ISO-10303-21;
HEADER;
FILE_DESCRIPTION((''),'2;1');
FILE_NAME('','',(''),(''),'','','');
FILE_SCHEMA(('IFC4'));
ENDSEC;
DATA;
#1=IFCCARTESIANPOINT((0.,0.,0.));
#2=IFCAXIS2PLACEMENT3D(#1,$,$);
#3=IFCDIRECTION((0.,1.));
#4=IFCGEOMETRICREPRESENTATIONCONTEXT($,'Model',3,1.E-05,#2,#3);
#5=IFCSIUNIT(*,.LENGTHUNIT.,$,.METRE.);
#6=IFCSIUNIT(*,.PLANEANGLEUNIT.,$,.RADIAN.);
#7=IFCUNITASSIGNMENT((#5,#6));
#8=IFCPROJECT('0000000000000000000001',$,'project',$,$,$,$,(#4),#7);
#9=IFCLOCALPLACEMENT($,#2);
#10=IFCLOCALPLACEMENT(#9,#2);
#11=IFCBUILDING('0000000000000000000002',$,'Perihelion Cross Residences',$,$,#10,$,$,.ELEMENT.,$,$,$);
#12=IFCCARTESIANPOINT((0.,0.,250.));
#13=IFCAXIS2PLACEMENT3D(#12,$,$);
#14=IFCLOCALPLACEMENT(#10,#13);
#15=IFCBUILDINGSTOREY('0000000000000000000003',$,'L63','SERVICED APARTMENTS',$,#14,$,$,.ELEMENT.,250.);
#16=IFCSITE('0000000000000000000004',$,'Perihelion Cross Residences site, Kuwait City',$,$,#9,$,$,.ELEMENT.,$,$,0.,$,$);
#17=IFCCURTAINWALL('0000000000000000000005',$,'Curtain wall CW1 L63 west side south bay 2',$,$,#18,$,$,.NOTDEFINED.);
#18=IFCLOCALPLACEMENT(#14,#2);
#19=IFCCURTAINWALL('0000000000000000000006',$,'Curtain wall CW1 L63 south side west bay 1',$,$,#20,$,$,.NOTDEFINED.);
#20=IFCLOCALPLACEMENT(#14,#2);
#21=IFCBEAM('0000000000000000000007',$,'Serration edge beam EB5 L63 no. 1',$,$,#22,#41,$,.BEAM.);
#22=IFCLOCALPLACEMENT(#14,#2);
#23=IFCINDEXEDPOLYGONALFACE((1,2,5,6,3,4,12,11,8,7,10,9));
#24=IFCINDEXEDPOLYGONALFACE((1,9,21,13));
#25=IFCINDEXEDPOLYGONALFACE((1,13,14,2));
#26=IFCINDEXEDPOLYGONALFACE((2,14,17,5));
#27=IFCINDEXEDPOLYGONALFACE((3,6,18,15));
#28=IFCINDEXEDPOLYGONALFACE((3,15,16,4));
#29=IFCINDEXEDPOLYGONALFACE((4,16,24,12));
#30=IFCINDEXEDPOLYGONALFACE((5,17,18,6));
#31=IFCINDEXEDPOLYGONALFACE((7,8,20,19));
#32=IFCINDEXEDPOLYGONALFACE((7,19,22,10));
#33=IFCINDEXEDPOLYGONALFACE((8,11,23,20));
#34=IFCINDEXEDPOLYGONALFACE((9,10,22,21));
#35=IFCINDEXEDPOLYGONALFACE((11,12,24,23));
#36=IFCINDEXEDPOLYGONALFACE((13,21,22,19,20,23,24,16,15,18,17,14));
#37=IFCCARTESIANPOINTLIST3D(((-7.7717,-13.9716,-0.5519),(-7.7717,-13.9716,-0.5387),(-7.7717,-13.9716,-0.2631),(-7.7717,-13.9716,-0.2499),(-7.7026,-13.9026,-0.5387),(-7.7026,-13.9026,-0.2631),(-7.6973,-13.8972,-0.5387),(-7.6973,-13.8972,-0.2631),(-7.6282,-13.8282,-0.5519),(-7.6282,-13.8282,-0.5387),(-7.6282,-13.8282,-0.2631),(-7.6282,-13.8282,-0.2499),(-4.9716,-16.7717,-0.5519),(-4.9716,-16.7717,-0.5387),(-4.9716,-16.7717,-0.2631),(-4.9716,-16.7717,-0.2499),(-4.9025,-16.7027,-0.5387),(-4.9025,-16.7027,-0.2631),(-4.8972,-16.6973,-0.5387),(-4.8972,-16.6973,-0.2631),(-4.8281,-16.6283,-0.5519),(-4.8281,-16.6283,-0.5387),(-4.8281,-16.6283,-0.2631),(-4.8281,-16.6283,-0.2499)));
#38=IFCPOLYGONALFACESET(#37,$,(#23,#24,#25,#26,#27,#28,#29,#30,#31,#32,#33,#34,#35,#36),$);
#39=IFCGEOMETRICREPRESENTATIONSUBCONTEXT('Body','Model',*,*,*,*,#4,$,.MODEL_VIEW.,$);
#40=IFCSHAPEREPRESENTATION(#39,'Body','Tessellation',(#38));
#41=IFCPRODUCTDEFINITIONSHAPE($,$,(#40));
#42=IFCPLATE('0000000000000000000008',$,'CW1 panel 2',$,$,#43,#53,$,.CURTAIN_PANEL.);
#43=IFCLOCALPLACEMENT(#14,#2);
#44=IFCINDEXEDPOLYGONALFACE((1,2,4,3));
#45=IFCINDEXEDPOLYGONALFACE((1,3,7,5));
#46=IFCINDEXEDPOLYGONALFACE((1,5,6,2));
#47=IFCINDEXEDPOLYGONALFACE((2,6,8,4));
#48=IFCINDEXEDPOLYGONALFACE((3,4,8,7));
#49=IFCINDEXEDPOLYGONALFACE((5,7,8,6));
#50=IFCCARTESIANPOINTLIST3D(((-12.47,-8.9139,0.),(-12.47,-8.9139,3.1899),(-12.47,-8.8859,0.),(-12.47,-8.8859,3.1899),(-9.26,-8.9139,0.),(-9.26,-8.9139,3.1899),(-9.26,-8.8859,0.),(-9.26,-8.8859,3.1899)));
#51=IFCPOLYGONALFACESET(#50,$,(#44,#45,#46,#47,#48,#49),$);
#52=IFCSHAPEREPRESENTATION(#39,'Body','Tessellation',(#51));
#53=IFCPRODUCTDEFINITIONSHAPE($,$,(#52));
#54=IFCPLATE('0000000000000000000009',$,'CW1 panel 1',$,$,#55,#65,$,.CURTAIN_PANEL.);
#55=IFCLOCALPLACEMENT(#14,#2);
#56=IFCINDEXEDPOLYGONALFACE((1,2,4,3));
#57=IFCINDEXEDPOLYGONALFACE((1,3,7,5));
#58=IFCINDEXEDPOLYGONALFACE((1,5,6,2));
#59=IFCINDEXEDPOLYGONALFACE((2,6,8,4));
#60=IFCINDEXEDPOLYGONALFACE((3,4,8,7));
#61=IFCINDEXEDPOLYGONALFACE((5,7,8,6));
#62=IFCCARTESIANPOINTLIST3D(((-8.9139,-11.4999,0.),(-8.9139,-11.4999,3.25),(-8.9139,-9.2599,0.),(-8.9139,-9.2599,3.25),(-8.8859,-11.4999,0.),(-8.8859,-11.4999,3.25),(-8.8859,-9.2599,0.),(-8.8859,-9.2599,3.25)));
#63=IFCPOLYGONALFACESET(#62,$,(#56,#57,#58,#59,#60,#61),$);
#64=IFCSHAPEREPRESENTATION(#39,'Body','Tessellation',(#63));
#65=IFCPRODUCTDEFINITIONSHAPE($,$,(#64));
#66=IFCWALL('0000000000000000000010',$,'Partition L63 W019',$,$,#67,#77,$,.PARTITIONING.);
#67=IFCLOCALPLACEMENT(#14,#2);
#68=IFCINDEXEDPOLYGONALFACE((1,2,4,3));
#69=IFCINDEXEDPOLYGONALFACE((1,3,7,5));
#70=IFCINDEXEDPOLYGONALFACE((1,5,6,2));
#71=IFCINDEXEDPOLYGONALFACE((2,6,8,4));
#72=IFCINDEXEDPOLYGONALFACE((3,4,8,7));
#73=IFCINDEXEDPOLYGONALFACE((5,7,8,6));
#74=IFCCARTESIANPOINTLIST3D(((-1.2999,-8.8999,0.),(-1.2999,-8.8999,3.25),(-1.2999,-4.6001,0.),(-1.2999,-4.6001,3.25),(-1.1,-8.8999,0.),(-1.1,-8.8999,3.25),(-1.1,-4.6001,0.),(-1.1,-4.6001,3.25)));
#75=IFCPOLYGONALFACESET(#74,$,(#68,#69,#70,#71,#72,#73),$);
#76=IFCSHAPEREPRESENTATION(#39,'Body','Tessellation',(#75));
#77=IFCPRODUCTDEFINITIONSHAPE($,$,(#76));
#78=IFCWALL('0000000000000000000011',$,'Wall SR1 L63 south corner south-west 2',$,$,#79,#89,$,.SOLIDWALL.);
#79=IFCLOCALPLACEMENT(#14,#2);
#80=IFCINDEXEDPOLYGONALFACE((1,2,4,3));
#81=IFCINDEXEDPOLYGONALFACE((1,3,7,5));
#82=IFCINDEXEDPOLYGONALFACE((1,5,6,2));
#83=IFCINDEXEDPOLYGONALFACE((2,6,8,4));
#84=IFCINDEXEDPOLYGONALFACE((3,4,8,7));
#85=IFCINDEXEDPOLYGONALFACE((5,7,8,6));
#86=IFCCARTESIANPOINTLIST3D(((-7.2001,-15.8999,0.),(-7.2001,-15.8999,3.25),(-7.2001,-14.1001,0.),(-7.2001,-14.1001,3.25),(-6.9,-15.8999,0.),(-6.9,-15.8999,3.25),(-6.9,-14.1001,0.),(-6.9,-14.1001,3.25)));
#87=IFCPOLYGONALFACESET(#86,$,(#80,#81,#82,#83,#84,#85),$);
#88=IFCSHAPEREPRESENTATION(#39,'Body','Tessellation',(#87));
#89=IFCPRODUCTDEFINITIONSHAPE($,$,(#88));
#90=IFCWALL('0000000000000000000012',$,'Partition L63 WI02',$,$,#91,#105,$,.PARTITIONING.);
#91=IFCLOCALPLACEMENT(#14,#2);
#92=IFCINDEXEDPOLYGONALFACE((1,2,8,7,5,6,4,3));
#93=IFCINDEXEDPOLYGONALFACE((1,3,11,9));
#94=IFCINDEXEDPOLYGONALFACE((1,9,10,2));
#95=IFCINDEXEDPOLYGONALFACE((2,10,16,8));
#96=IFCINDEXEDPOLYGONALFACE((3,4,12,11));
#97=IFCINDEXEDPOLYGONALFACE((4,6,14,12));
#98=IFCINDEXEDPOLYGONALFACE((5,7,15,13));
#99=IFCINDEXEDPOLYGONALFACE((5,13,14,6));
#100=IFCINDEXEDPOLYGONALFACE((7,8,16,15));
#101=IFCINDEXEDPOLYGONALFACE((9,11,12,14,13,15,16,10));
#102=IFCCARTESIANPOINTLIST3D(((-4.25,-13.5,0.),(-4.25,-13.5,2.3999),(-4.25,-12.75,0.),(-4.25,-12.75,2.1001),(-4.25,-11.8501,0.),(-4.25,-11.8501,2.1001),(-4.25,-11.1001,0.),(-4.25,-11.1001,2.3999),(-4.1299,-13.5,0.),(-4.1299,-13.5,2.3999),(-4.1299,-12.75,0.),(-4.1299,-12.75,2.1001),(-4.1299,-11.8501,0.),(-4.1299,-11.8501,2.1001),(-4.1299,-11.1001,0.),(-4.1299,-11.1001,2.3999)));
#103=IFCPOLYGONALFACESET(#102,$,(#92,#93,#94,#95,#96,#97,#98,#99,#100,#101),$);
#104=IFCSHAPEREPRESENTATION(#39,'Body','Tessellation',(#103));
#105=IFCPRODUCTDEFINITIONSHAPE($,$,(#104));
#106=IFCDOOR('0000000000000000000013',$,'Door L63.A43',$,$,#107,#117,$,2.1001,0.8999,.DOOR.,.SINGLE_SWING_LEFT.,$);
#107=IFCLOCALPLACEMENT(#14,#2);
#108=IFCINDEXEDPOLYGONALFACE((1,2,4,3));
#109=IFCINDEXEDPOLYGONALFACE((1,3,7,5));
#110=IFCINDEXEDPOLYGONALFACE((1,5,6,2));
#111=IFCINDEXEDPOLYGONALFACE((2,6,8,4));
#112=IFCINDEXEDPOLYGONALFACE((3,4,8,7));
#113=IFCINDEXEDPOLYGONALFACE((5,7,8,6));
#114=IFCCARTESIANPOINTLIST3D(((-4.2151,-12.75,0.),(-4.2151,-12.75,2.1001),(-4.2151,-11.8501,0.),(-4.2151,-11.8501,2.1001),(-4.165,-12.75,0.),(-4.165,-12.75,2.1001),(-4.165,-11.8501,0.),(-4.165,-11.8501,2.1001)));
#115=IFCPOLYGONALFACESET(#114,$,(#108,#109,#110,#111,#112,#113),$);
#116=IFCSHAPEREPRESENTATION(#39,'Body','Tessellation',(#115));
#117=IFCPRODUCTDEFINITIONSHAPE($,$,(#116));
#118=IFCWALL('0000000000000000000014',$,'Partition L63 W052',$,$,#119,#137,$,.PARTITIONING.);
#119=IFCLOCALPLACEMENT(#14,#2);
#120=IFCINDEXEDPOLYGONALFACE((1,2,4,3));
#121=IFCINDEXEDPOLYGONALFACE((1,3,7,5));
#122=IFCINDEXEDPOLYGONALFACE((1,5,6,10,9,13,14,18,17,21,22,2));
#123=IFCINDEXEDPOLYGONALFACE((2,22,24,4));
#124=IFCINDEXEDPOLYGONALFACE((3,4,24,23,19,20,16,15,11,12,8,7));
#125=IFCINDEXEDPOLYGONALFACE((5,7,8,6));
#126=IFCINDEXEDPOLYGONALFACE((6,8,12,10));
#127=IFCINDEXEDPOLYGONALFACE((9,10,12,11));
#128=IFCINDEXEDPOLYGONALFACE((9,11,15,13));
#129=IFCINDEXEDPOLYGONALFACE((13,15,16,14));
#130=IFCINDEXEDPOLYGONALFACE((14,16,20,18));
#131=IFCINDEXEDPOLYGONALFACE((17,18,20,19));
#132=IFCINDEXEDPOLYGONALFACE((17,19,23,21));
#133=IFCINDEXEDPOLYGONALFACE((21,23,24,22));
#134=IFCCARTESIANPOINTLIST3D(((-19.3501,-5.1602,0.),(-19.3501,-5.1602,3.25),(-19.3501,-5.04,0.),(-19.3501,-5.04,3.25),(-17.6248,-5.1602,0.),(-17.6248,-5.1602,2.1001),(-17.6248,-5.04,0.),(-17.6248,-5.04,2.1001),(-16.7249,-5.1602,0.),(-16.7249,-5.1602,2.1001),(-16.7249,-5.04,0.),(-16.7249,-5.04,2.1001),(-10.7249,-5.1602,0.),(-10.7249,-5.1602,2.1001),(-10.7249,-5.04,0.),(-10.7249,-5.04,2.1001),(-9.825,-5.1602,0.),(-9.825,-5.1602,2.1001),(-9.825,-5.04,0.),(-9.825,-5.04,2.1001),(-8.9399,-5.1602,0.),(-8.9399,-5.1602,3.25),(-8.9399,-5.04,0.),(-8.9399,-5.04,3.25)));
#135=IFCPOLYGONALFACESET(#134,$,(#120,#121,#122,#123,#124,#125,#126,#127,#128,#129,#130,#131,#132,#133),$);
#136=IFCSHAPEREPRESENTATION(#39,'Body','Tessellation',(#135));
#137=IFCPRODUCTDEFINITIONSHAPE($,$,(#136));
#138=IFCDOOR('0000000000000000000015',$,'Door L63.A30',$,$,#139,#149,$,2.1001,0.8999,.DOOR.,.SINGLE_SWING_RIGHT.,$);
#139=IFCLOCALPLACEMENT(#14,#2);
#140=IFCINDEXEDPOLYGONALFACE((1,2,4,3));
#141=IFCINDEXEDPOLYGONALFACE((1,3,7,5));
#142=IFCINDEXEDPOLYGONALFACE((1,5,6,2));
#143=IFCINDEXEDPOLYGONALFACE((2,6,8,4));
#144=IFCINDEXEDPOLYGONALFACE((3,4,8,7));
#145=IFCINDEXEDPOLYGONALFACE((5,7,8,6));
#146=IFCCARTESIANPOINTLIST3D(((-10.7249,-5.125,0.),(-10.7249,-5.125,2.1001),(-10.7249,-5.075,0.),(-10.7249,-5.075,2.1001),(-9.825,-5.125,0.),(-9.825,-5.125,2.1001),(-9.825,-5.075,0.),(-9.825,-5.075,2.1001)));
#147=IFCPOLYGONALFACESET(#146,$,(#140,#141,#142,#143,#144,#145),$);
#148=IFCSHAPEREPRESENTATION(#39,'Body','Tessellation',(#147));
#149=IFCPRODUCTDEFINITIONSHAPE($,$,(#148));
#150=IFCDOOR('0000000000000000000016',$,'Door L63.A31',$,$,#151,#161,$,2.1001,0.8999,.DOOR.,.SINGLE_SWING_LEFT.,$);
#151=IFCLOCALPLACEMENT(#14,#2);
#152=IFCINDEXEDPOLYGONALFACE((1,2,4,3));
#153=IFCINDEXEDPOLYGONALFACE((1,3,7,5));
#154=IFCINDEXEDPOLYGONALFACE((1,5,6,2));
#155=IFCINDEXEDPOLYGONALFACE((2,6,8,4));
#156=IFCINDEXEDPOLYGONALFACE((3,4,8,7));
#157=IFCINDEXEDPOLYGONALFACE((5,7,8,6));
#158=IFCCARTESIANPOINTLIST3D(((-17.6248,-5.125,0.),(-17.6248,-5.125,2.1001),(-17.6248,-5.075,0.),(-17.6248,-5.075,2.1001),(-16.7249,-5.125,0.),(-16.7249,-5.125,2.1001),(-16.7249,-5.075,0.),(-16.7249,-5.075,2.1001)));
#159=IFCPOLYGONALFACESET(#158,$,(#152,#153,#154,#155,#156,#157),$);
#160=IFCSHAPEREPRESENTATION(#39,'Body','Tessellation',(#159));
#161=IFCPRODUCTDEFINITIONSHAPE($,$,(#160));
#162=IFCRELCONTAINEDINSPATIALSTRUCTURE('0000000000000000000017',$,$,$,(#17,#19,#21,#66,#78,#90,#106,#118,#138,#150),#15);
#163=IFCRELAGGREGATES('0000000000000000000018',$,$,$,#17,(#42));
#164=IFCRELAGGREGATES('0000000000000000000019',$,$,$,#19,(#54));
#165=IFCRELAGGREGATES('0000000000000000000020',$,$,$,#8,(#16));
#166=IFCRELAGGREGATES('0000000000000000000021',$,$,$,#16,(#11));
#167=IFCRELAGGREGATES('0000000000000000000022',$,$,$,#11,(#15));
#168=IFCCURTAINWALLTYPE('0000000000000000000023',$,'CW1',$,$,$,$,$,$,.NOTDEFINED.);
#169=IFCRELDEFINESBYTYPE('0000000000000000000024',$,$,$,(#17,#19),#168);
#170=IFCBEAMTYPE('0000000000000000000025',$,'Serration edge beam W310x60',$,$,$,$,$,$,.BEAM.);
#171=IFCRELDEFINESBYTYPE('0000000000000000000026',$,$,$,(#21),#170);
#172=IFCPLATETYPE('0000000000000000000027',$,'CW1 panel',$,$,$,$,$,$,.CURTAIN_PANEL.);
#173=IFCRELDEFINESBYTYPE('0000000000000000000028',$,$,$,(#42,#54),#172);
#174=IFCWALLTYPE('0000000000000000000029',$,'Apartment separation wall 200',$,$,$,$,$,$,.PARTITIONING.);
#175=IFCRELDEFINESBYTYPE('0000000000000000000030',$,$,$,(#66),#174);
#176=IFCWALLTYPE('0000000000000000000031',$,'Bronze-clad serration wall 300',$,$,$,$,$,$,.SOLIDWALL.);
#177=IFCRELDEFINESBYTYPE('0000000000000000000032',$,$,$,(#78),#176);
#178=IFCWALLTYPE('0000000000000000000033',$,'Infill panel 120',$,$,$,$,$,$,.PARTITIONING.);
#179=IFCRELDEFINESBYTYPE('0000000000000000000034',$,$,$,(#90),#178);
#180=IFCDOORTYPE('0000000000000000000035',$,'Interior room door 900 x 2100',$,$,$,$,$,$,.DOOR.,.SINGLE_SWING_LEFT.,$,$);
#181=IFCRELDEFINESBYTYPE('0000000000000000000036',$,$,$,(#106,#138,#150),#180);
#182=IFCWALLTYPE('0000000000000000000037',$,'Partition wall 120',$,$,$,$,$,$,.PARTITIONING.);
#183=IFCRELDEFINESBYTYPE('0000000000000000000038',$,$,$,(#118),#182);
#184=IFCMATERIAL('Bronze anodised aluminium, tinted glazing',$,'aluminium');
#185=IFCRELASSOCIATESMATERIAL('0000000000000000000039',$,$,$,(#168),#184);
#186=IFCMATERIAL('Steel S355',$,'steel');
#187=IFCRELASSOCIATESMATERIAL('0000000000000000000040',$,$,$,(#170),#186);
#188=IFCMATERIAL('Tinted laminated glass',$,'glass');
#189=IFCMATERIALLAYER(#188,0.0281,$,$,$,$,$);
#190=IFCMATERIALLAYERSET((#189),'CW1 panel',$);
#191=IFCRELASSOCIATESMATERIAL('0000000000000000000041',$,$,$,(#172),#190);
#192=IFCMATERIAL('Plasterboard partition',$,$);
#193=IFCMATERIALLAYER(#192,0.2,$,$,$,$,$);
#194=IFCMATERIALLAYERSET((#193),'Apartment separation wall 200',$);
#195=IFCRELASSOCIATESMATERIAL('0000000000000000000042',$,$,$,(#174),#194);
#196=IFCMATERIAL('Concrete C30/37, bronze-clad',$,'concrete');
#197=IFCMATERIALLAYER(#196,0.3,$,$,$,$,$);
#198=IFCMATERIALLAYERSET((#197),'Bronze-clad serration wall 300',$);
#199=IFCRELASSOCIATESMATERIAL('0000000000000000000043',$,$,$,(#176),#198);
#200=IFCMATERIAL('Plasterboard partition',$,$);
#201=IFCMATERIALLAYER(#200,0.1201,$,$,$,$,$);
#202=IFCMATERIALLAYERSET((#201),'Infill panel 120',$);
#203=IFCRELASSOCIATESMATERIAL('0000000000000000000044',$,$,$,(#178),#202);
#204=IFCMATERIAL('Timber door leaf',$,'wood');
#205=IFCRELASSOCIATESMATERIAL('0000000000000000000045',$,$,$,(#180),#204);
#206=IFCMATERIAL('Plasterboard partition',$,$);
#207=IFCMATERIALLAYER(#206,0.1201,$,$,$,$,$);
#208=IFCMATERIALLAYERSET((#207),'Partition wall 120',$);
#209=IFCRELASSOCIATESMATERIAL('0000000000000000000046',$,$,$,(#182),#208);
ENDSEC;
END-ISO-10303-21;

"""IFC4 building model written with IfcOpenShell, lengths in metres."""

from ifc_helpers import new_model, si_unit, direction, frame, frame_2d, origin, origin_2d, place, context, subcontext, project, spatial, rectangle, i_section, extrude, material, layer, layer_set, material_profile, profile_set, type_object, element, fill, aggregate, save


model = new_model("IFC4")

# Units and contexts
model_context = context("Model", 3, precision=1e-05, world=origin(), true_north=direction((0.0, 1.0)))
body_context = subcontext(model_context, "Body", "Model", "MODEL_VIEW")
ifc_project = project(units=[si_unit("LENGTHUNIT", "METRE"), si_unit("PLANEANGLEUNIT", "RADIAN")], contexts=[model_context])

# Site, building, storey
site_placement = place(None, origin())
site = spatial("IfcSite", under=ifc_project, at=site_placement, Name="Perihelion Cross Residences site, Kuwait City", CompositionType="ELEMENT", RefElevation=0.0)
building_placement = place(site_placement, origin())
building = spatial("IfcBuilding", under=site, at=building_placement, Name="Perihelion Cross Residences", CompositionType="ELEMENT")
storey_placement = place(building_placement, frame((0.0, 0.0, 250.0)))
storey = spatial("IfcBuildingStorey", under=building, at=storey_placement, Name="L63", Description="SERVICED APARTMENTS", CompositionType="ELEMENT", Elevation=250.0)

# Curtain walls
ifc_material_1 = material(Name="Bronze anodised aluminium, tinted glazing", Category="aluminium")
curtain_wall_type = type_object("IfcCurtainWallType", Name="CW1", PredefinedType="NOTDEFINED", material=ifc_material_1)
curtain_wall_1_placement = place(storey_placement, origin())
curtain_wall_1 = element("IfcCurtainWall", 1, at=curtain_wall_1_placement, inside=storey, type_object=curtain_wall_type, Name="Curtain wall CW1 L63 west side south bay 2", PredefinedType="NOTDEFINED")
curtain_wall_2_placement = place(storey_placement, origin())
curtain_wall_2 = element("IfcCurtainWall", 2, at=curtain_wall_2_placement, inside=storey, type_object=curtain_wall_type, Name="Curtain wall CW1 L63 south side west bay 1", PredefinedType="NOTDEFINED")

# Beam
ifc_material_2 = material(Name="Steel S355", Category="steel")
ifc_material_profile_1 = material_profile(ifc_material_2, i_section(OverallWidth=0.2029, OverallDepth=0.302, WebThickness=0.0076, FlangeThickness=0.0132, at=origin_2d()), Name="W310x60")
ifc_profile_set_1 = profile_set([ifc_material_profile_1], Name="Steel S355")
beam_type_1 = type_object("IfcBeamType", Name="Serration edge beam W310x60", PredefinedType="BEAM", material=ifc_profile_set_1)
beam_1_placement = place(storey_placement, frame((-7.7, -13.8999, -0.4009), z_axis=(0.707107, -0.707107, 0.0), x_axis=(0.707107, 0.707107, 0.0)))
element("IfcBeam", 3, at=beam_1_placement, inside=storey, type_object=beam_type_1, Name="Serration edge beam EB5 L63 no. 1", PredefinedType="BEAM", context=body_context, shape_type="SweptSolid", body=[
    extrude(i_section(OverallWidth=0.2029, OverallDepth=0.302, WebThickness=0.0076, FlangeThickness=0.0132, at=origin_2d()), origin(), (0.0, 0.0, 1.0), 3.96),
])

# Plates
ifc_material_3 = material(Name="Tinted laminated glass", Category="glass")
ifc_layer_1 = layer(ifc_material_3, 0.0281)
ifc_layer_set_1 = layer_set([ifc_layer_1], Name="CW1 panel")
plate_type = type_object("IfcPlateType", Name="CW1 panel", PredefinedType="CURTAIN_PANEL", material=ifc_layer_set_1)
plate_1_placement = place(storey_placement, frame((-10.865, -8.8999, 0.0), z_axis=(0.0, 0.0, 1.0), x_axis=(1.0, 0.0, 0.0)))
plate_1 = element("IfcPlate", 4, at=plate_1_placement, type_object=plate_type, Name="CW1 panel 2", PredefinedType="CURTAIN_PANEL", context=body_context, shape_type="SweptSolid", body=[
    extrude(rectangle(XDim=3.21, YDim=0.0281, at=origin_2d()), origin(), (0.0, 0.0, 1.0), 3.1899),
])
aggregate(curtain_wall_1, [plate_1])
plate_2_placement = place(storey_placement, frame((-8.8999, -10.3799, 0.0), z_axis=(0.0, 0.0, 1.0), x_axis=(0.0, -1.0, 0.0)))
plate_2 = element("IfcPlate", 5, at=plate_2_placement, type_object=plate_type, Name="CW1 panel 1", PredefinedType="CURTAIN_PANEL", context=body_context, shape_type="SweptSolid", body=[
    extrude(rectangle(XDim=2.24, YDim=0.0281, at=origin_2d()), origin(), (0.0, 0.0, 1.0), 3.25),
])
aggregate(curtain_wall_2, [plate_2])

# Wall
ifc_material_4 = material(Name="Plasterboard partition")
ifc_layer_2 = layer(ifc_material_4, 0.2)
ifc_layer_set_2 = layer_set([ifc_layer_2], Name="Apartment separation wall 200")
wall_type_1 = type_object("IfcWallType", Name="Apartment separation wall 200", PredefinedType="PARTITIONING", material=ifc_layer_set_2)
wall_1_placement = place(storey_placement, frame((-1.2, -8.8999, 0.0), z_axis=(0.0, 0.0, 1.0), x_axis=(0.0, 1.0, 0.0)))
element("IfcWall", 6, at=wall_1_placement, inside=storey, type_object=wall_type_1, Name="Partition L63 W019", PredefinedType="PARTITIONING", context=body_context, shape_type="SweptSolid", body=[
    extrude(rectangle(XDim=4.2998, YDim=0.2, at=frame_2d((2.1499, 0.0))), origin(), (0.0, 0.0, 1.0), 3.25),
])

# Wall
ifc_material_5 = material(Name="Concrete C30/37, bronze-clad", Category="concrete")
ifc_layer_3 = layer(ifc_material_5, 0.3)
ifc_layer_set_3 = layer_set([ifc_layer_3], Name="Bronze-clad serration wall 300")
wall_type_2 = type_object("IfcWallType", Name="Bronze-clad serration wall 300", PredefinedType="SOLIDWALL", material=ifc_layer_set_3)
wall_2_placement = place(storey_placement, frame((-7.05, -14.1001, 0.0), z_axis=(0.0, 0.0, 1.0), x_axis=(0.0, -1.0, 0.0)))
element("IfcWall", 7, at=wall_2_placement, inside=storey, type_object=wall_type_2, Name="Wall SR1 L63 south corner south-west 2", PredefinedType="SOLIDWALL", context=body_context, shape_type="SweptSolid", body=[
    extrude(rectangle(XDim=1.7998, YDim=0.3, at=frame_2d((0.8999, 0.0))), origin(), (0.0, 0.0, 1.0), 3.25),
])

# Wall, opening, door
ifc_material_6 = material(Name="Plasterboard partition")
ifc_layer_4 = layer(ifc_material_6, 0.1201)
ifc_layer_set_4 = layer_set([ifc_layer_4], Name="Infill panel 120")
wall_type_3 = type_object("IfcWallType", Name="Infill panel 120", PredefinedType="PARTITIONING", material=ifc_layer_set_4)
wall_3_placement = place(storey_placement, frame((-4.1899, -11.1001, 0.0), z_axis=(0.0, 0.0, 1.0), x_axis=(0.0, -1.0, 0.0)))
wall_3 = element("IfcWall", 8, at=wall_3_placement, inside=storey, type_object=wall_type_3, Name="Partition L63 WI02", PredefinedType="PARTITIONING", context=body_context, shape_type="SweptSolid", body=[
    extrude(rectangle(XDim=2.3999, YDim=0.1201, at=frame_2d((1.2, 0.0))), origin(), (0.0, 0.0, 1.0), 2.3999),
])
opening_1_placement = place(wall_3_placement, frame((0.75, 0.0, 0.0)))
opening_1 = element("IfcOpeningElement", 9, at=opening_1_placement, cuts=wall_3, PredefinedType="OPENING", context=body_context, shape_type="SweptSolid", body=[
    extrude(rectangle(XDim=0.8999, YDim=2.1001, at=frame_2d((0.45, 1.05))), frame((0.0, 0.0701, 0.0), z_axis=(0.0, -1.0, 0.0), x_axis=(1.0, 0.0, 0.0)), (0.0, 0.0, 1.0), 0.1401),
])
ifc_material_7 = material(Name="Timber door leaf", Category="wood")
door_type_1 = type_object("IfcDoorType", Name="Interior room door 900 x 2100", OperationType="SINGLE_SWING_LEFT", PredefinedType="DOOR", material=ifc_material_7)
door_1_placement = place(opening_1_placement, origin())
door_1 = element("IfcDoor", 10, at=door_1_placement, inside=storey, type_object=door_type_1, Name="Door L63.A43", OperationType="SINGLE_SWING_LEFT", OverallHeight=2.1001, OverallWidth=0.8999, PredefinedType="DOOR", context=body_context, shape_type="SweptSolid", body=[
    extrude(rectangle(XDim=0.8999, YDim=2.1001, at=frame_2d((0.45, 1.05))), frame((0.0, 0.0249, 0.0), z_axis=(0.0, -1.0, 0.0), x_axis=(1.0, 0.0, 0.0)), (0.0, 0.0, 1.0), 0.05),
])
fill(opening_1, door_1)

# Wall, openings, doors
ifc_material_8 = material(Name="Plasterboard partition")
ifc_layer_5 = layer(ifc_material_8, 0.1201)
ifc_layer_set_5 = layer_set([ifc_layer_5], Name="Partition wall 120")
wall_type_4 = type_object("IfcWallType", Name="Partition wall 120", PredefinedType="PARTITIONING", material=ifc_layer_set_5)
wall_4_placement = place(storey_placement, frame((-8.9399, -5.1001, 0.0), z_axis=(0.0, 0.0, 1.0), x_axis=(-1.0, 0.0, 0.0)))
wall_4 = element("IfcWall", 11, at=wall_4_placement, inside=storey, type_object=wall_type_4, Name="Partition L63 W052", PredefinedType="PARTITIONING", context=body_context, shape_type="SweptSolid", body=[
    extrude(rectangle(XDim=10.4102, YDim=0.1201, at=frame_2d((5.2051, 0.0))), origin(), (0.0, 0.0, 1.0), 3.25),
])
opening_2_placement = place(wall_4_placement, frame((0.885, 0.0, 0.0)))
opening_2 = element("IfcOpeningElement", 12, at=opening_2_placement, cuts=wall_4, PredefinedType="OPENING", context=body_context, shape_type="SweptSolid", body=[
    extrude(rectangle(XDim=0.8999, YDim=2.1001, at=frame_2d((0.45, 1.05))), frame((0.0, 0.0701, 0.0), z_axis=(0.0, -1.0, 0.0), x_axis=(1.0, 0.0, 0.0)), (0.0, 0.0, 1.0), 0.1401),
])
opening_3_placement = place(wall_4_placement, frame((7.7849, 0.0, 0.0)))
opening_3 = element("IfcOpeningElement", 13, at=opening_3_placement, cuts=wall_4, PredefinedType="OPENING", context=body_context, shape_type="SweptSolid", body=[
    extrude(rectangle(XDim=0.8999, YDim=2.1001, at=frame_2d((0.45, 1.05))), frame((0.0, 0.0701, 0.0), z_axis=(0.0, -1.0, 0.0), x_axis=(1.0, 0.0, 0.0)), (0.0, 0.0, 1.0), 0.1401),
])
door_2_placement = place(opening_2_placement, origin())
door_2 = element("IfcDoor", 14, at=door_2_placement, inside=storey, type_object=door_type_1, Name="Door L63.A30", OperationType="SINGLE_SWING_RIGHT", OverallHeight=2.1001, OverallWidth=0.8999, PredefinedType="DOOR", context=body_context, shape_type="SweptSolid", body=[
    extrude(rectangle(XDim=0.8999, YDim=2.1001, at=frame_2d((0.45, 1.05))), frame((0.0, 0.0249, 0.0), z_axis=(0.0, -1.0, 0.0), x_axis=(1.0, 0.0, 0.0)), (0.0, 0.0, 1.0), 0.05),
])
fill(opening_2, door_2)
door_3_placement = place(opening_3_placement, origin())
door_3 = element("IfcDoor", 15, at=door_3_placement, inside=storey, type_object=door_type_1, Name="Door L63.A31", OperationType="SINGLE_SWING_LEFT", OverallHeight=2.1001, OverallWidth=0.8999, PredefinedType="DOOR", context=body_context, shape_type="SweptSolid", body=[
    extrude(rectangle(XDim=0.8999, YDim=2.1001, at=frame_2d((0.45, 1.05))), frame((0.0, 0.0249, 0.0), z_axis=(0.0, -1.0, 0.0), x_axis=(1.0, 0.0, 0.0)), (0.0, 0.0, 1.0), 0.05),
])
fill(opening_3, door_3)

save(model, "model.ifc")
